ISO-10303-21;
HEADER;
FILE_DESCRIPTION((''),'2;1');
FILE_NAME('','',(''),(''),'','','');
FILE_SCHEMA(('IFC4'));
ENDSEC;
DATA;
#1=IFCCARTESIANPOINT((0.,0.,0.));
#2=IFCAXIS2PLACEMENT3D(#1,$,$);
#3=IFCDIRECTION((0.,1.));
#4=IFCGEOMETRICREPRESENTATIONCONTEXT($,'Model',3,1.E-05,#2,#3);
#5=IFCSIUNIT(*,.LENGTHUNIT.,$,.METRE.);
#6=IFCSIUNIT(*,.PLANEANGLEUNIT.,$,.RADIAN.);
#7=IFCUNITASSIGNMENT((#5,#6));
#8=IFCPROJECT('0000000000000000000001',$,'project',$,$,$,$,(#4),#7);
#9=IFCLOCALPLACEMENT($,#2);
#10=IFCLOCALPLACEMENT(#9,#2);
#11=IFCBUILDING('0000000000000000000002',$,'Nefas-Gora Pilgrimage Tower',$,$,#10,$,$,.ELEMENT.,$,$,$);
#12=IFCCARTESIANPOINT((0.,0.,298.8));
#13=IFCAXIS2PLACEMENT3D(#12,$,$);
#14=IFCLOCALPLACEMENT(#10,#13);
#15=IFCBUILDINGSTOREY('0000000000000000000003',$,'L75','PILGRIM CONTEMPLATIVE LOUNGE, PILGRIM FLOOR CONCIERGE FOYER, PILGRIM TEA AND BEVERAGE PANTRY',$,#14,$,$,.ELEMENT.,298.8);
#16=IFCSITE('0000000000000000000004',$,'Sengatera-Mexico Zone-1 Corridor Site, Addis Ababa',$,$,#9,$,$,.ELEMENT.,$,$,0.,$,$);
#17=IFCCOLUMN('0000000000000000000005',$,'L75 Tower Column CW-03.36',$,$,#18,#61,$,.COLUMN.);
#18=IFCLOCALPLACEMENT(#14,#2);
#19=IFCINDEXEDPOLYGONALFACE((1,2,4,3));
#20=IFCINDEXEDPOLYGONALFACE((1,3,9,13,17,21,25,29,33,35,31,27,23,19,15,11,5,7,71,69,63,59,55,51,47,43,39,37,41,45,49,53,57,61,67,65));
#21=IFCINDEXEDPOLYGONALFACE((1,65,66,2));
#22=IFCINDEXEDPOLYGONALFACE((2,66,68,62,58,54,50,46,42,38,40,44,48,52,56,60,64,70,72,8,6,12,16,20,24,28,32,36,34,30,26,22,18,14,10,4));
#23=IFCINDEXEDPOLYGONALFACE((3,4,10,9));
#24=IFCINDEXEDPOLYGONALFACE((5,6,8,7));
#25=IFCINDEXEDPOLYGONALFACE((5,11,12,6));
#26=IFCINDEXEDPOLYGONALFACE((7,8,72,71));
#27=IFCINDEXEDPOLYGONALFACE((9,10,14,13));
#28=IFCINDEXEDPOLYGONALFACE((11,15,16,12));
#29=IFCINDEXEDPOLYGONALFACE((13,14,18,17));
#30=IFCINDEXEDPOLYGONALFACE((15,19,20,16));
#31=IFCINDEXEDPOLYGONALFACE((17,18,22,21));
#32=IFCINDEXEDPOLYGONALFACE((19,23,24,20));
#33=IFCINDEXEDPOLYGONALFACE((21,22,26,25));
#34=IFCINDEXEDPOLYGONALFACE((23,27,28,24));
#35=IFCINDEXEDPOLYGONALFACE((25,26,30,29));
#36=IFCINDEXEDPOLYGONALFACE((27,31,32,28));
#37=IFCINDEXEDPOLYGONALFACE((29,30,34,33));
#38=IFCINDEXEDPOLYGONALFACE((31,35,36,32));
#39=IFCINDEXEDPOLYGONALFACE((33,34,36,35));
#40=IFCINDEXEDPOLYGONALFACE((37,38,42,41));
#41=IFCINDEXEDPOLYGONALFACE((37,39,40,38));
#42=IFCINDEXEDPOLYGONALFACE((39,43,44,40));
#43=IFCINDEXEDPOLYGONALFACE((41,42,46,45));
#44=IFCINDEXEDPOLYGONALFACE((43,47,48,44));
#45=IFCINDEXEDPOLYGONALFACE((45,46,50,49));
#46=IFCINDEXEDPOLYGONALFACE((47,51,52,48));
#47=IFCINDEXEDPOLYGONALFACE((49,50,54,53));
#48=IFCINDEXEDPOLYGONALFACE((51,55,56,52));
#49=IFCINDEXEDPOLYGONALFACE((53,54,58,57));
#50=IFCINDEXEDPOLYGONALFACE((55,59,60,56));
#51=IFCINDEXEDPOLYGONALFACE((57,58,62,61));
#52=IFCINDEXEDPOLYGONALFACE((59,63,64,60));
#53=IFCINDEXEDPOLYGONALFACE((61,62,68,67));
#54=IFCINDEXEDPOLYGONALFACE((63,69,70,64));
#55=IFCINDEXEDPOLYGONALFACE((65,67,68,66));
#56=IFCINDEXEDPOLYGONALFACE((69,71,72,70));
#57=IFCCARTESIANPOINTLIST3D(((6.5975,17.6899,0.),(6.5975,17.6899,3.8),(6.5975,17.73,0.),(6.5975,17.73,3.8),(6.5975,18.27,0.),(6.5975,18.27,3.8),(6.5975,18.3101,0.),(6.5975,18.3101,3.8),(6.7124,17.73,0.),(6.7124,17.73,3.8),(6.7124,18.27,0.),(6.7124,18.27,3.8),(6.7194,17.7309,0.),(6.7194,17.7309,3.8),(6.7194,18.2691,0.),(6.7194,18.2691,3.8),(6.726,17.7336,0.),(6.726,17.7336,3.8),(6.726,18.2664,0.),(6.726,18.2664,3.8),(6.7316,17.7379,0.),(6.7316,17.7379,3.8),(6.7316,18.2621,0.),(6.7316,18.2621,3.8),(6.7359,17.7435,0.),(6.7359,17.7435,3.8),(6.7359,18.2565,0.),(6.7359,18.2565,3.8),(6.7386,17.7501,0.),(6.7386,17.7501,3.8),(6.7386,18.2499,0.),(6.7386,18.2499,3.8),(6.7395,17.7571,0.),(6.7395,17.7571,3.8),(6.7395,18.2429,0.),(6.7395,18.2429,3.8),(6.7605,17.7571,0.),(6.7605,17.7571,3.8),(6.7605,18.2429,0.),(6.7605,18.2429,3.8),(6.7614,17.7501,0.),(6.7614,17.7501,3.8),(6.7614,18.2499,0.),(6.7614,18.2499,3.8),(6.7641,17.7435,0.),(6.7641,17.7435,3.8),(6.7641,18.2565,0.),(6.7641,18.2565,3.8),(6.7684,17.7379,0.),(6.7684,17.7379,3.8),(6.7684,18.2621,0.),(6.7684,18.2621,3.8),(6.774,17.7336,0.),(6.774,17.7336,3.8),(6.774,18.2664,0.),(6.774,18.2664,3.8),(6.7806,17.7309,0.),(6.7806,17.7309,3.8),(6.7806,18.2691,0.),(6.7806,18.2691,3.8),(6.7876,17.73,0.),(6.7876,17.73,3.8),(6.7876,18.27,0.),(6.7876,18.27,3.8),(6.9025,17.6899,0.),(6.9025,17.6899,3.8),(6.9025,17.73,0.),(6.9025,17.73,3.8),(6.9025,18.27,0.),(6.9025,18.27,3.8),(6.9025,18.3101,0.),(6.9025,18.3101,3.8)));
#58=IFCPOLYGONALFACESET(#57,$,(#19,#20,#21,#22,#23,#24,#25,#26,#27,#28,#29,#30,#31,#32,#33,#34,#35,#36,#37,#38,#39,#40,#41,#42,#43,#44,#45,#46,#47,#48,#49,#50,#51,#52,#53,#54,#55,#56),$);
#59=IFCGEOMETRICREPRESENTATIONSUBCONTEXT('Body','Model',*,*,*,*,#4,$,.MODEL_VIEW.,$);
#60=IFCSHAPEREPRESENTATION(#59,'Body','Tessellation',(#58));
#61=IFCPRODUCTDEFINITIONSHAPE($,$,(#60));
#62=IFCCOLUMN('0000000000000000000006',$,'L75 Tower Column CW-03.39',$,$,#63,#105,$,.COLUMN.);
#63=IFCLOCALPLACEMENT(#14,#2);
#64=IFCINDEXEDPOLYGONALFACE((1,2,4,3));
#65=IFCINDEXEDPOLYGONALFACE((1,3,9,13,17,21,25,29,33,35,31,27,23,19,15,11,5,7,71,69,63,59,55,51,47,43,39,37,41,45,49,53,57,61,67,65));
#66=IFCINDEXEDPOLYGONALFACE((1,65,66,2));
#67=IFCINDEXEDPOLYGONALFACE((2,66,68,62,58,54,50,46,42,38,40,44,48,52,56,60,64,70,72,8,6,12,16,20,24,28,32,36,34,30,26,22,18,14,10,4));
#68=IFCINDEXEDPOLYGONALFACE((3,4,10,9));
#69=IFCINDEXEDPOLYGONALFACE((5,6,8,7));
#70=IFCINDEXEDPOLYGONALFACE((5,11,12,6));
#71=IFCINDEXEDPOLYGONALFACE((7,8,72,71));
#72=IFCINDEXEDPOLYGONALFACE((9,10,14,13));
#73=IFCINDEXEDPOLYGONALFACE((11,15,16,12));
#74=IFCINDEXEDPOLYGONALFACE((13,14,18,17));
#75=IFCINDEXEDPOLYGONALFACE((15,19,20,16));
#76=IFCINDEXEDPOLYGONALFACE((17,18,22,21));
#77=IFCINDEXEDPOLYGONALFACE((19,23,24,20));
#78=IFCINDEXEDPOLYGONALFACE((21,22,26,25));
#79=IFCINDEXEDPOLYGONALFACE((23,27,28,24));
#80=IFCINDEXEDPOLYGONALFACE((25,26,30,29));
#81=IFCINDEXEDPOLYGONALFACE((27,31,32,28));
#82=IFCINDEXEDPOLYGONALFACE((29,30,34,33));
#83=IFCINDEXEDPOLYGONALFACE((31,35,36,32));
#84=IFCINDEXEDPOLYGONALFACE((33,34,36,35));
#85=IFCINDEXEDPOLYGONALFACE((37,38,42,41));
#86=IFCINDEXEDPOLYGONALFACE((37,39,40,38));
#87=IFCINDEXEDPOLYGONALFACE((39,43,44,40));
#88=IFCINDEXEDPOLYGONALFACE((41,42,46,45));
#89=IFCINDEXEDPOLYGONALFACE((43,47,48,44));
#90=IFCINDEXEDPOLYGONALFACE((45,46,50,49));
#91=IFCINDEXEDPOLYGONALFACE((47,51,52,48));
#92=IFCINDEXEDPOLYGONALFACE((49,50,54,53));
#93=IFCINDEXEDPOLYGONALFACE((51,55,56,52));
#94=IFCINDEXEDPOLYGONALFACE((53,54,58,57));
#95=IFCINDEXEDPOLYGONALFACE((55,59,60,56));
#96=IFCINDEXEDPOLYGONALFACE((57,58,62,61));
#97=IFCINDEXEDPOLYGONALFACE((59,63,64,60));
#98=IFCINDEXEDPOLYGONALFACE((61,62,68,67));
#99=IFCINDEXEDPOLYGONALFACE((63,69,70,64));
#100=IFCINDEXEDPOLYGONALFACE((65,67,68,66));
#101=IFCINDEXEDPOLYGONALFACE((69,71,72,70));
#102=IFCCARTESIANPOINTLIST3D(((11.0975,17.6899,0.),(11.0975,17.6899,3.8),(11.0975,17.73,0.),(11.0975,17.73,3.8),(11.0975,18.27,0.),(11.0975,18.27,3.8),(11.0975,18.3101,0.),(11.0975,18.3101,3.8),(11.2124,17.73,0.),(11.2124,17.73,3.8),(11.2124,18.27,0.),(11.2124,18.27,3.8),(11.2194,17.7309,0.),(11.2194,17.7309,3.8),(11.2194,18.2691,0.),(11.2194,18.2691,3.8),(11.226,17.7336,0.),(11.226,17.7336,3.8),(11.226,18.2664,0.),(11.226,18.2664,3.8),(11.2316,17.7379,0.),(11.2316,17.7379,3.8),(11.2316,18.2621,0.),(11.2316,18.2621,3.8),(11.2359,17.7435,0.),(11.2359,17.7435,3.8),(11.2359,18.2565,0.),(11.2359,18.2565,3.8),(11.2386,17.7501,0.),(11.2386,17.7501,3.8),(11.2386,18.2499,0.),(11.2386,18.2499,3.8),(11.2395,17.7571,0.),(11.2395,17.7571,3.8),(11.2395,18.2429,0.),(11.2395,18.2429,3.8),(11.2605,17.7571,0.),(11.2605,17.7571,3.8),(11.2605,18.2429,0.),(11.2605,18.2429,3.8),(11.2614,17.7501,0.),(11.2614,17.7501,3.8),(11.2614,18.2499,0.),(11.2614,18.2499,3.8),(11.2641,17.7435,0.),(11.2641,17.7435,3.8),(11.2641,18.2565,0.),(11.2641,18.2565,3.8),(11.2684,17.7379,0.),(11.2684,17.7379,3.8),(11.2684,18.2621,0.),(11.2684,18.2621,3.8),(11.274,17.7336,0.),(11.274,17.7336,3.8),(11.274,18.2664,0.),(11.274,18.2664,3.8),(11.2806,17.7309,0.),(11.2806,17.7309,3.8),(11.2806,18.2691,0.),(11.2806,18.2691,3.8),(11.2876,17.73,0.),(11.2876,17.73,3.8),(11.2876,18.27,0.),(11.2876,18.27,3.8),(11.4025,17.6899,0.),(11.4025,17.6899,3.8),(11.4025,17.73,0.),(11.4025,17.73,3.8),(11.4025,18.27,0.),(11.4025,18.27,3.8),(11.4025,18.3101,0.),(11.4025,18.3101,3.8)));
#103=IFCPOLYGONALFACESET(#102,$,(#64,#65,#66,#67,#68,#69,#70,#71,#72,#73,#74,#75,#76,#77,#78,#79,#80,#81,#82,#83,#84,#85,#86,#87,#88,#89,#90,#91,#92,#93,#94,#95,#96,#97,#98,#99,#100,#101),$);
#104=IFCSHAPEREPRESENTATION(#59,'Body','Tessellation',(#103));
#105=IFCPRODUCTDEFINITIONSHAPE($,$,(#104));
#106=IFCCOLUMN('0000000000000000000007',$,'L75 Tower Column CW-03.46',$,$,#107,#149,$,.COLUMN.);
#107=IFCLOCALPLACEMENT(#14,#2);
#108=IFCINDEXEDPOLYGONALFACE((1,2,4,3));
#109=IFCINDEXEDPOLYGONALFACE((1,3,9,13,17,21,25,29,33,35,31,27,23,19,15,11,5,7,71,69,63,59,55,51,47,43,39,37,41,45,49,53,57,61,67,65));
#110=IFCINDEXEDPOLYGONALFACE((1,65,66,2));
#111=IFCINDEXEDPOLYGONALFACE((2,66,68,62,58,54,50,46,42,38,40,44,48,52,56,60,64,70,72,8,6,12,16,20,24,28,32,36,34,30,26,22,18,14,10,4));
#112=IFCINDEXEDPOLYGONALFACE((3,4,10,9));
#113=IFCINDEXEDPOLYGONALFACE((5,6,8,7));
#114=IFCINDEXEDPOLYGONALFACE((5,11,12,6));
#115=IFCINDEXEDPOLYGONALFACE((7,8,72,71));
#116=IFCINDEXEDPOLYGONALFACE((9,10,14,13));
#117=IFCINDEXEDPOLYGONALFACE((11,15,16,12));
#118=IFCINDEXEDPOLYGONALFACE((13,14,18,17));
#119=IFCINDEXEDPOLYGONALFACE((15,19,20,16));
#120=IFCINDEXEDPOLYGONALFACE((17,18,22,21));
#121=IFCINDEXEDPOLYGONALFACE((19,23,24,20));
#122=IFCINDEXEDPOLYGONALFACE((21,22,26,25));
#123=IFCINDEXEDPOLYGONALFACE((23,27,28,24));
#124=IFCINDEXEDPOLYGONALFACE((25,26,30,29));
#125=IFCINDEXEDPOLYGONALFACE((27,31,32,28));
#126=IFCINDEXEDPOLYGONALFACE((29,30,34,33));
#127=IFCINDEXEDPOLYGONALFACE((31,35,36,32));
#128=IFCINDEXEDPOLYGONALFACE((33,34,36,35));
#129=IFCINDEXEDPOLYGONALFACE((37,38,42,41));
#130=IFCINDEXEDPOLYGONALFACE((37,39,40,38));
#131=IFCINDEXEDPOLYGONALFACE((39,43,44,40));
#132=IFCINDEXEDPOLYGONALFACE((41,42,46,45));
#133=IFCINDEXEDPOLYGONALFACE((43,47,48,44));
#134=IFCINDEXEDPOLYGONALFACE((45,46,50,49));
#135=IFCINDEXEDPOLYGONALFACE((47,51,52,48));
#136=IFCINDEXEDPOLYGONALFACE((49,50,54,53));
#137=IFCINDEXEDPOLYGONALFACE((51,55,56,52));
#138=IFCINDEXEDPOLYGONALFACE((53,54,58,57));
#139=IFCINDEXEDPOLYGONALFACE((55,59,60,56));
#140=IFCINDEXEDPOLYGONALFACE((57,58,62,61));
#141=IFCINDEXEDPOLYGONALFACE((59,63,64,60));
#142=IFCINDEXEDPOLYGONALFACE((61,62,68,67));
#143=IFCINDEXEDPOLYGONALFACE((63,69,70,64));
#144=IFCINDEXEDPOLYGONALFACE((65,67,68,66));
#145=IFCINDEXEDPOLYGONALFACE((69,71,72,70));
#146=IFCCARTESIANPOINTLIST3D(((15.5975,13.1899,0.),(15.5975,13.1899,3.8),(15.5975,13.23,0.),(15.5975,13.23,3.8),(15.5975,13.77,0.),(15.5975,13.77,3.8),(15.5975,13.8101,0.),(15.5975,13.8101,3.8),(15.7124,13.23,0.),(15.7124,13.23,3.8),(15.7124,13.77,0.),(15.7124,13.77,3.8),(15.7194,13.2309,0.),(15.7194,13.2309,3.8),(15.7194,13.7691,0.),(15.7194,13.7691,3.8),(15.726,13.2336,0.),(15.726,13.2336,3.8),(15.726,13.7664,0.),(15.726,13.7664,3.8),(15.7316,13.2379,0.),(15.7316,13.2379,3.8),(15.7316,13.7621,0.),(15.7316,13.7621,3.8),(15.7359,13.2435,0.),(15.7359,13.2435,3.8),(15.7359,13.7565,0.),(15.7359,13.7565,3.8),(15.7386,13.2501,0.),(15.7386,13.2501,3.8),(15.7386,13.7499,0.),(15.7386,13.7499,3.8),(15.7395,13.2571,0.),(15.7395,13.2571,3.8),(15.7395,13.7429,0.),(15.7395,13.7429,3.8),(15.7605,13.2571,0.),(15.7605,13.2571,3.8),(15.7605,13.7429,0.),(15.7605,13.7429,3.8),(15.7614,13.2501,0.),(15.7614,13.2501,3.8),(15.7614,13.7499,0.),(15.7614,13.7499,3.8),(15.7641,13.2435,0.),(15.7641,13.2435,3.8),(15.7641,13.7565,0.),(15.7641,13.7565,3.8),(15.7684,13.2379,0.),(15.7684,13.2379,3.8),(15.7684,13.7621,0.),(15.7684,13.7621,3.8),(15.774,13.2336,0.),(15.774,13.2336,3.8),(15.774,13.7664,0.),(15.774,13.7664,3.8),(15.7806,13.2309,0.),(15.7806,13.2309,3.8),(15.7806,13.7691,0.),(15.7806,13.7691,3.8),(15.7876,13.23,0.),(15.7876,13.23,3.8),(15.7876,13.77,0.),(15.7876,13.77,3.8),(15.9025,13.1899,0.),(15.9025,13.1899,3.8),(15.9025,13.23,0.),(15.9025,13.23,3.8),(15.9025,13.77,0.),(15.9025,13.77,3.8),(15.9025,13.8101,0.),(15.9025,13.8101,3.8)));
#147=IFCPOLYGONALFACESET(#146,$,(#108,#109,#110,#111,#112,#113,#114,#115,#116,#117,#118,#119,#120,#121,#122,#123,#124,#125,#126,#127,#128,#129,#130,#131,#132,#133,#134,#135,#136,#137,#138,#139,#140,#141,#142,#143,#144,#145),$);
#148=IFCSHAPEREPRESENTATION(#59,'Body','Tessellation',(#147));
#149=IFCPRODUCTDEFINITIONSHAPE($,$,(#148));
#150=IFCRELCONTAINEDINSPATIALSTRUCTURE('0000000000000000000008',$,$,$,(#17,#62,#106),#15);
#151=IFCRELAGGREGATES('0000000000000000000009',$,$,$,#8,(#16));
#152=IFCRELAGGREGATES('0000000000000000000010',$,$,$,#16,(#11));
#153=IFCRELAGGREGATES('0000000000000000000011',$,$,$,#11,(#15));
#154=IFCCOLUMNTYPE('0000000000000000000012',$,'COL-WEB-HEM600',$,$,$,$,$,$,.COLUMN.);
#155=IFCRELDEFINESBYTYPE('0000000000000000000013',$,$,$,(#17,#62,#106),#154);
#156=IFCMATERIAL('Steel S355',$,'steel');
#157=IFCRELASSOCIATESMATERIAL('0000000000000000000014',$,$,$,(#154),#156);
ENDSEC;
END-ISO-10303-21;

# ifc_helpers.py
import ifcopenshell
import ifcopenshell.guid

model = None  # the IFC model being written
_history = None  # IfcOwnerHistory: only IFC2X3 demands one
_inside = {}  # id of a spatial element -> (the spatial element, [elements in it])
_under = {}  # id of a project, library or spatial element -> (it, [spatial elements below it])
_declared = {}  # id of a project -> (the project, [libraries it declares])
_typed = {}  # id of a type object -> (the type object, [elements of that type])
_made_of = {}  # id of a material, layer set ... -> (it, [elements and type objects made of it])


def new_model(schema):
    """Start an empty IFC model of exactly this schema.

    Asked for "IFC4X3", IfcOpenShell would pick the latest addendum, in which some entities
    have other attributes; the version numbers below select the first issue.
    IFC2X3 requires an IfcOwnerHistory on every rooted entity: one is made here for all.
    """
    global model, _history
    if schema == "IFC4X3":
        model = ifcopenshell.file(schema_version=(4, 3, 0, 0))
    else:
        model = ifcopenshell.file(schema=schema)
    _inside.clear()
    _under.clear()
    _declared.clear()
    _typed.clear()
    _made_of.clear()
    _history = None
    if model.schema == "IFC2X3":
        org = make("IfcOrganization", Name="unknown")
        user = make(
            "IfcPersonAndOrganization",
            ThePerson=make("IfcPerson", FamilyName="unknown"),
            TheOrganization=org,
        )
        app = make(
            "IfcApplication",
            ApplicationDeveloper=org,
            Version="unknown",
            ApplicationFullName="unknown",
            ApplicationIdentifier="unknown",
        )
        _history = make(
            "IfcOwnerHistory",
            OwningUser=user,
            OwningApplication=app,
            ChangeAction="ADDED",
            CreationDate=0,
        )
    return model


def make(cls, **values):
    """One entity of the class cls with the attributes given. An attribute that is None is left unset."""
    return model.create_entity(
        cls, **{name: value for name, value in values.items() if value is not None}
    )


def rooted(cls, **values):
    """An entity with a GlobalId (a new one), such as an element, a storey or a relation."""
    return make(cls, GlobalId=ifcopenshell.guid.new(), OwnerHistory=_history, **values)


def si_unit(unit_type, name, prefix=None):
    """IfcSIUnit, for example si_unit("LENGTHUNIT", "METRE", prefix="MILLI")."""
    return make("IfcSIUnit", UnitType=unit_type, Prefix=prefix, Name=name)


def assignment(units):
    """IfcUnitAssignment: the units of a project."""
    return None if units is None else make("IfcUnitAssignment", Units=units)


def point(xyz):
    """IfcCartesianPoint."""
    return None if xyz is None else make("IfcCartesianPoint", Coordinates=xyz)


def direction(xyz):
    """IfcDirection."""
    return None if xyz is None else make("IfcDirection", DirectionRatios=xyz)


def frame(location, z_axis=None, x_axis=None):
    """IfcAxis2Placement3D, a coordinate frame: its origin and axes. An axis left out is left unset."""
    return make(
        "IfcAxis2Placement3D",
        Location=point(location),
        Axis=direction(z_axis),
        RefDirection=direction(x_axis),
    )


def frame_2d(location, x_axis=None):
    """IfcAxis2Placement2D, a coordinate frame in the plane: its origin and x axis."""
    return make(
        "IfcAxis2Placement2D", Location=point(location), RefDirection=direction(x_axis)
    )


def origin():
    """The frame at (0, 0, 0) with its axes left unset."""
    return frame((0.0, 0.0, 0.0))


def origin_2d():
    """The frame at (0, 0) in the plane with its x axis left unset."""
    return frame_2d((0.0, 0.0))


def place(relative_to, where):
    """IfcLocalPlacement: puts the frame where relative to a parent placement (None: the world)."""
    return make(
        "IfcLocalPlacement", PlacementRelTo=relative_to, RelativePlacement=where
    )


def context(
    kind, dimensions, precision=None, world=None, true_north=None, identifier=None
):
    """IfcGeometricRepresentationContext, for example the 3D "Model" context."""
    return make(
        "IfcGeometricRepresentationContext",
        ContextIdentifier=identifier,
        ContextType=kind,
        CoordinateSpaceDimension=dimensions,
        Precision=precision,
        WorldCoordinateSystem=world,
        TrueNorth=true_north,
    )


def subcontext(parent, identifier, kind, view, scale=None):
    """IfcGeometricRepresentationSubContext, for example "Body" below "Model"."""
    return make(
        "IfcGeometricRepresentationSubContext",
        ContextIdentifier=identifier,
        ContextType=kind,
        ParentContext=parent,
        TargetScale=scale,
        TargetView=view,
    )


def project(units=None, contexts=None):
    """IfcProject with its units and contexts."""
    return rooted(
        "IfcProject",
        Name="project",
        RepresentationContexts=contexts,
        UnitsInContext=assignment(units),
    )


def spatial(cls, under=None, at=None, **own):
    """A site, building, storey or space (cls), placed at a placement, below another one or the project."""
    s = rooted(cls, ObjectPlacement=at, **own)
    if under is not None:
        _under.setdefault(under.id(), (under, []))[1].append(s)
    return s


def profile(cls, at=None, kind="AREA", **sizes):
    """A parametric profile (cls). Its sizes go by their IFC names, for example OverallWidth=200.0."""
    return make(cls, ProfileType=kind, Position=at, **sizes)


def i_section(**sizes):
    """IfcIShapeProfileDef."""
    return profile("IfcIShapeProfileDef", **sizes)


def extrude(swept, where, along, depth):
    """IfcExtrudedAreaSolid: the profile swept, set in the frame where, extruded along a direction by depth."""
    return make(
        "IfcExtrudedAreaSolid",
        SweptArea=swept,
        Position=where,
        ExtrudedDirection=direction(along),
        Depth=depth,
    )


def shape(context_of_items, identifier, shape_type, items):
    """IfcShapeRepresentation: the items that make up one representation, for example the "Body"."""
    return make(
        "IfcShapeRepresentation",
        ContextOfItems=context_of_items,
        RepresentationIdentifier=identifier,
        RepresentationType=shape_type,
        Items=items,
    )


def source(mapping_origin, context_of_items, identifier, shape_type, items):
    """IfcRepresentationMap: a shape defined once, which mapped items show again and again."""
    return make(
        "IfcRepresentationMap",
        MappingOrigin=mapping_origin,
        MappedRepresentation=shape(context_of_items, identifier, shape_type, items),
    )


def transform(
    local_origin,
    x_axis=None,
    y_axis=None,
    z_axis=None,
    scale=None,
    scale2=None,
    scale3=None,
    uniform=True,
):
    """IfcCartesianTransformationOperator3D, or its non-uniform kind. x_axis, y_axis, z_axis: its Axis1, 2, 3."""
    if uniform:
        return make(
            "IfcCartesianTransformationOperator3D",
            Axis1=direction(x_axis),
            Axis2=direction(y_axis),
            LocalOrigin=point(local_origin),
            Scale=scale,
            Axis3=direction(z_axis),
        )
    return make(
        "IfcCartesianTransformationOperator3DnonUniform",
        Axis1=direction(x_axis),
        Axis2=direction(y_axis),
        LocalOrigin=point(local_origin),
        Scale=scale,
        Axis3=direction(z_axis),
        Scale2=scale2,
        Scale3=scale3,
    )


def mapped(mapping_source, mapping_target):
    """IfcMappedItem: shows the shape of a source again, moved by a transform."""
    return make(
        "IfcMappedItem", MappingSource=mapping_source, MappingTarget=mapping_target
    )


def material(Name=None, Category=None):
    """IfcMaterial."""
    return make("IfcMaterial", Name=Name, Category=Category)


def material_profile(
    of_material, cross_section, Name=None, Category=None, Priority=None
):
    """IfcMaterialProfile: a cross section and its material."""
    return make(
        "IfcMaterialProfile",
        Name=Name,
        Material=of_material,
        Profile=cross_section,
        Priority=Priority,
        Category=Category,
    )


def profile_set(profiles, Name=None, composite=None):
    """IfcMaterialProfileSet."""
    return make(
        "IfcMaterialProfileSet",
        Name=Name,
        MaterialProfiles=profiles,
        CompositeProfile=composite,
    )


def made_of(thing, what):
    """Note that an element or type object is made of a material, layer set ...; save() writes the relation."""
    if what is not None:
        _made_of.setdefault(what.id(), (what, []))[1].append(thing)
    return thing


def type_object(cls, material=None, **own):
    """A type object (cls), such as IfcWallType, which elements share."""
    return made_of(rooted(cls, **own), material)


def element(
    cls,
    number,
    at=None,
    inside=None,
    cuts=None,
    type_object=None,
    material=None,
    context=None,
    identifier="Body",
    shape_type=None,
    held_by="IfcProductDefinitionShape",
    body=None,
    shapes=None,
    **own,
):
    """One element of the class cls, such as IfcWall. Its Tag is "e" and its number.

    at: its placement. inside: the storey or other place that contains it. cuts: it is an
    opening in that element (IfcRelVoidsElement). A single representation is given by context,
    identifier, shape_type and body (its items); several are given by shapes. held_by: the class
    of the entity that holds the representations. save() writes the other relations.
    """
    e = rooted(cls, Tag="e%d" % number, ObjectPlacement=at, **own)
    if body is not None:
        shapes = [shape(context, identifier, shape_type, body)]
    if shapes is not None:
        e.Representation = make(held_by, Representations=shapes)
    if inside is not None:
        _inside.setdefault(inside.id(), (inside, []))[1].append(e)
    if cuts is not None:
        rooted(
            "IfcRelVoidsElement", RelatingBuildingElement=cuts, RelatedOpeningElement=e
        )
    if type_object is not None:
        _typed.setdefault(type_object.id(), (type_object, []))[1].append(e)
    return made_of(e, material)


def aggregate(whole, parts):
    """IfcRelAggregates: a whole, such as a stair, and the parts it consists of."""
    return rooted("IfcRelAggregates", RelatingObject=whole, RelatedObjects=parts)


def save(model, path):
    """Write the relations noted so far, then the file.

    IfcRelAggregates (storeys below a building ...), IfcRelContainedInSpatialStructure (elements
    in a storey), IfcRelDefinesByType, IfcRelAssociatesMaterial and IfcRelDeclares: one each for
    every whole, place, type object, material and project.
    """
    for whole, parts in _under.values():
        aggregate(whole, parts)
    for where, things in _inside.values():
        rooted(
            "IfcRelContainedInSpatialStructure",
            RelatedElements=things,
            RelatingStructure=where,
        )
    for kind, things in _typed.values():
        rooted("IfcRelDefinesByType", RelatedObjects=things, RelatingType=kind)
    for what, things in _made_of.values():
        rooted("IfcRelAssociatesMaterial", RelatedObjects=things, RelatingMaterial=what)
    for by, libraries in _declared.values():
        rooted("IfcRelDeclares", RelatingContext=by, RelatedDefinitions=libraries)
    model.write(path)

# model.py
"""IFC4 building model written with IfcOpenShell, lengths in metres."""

from ifc_helpers import new_model, si_unit, direction, frame, origin, origin_2d, place, context, subcontext, project, spatial, i_section, extrude, source, transform, mapped, material, material_profile, profile_set, type_object, element, save


model = new_model("IFC4")

# Units and contexts
model_context = context("Model", 3, precision=1e-05, world=origin(), true_north=direction((0.0, 1.0)))
body_context = subcontext(model_context, "Body", "Model", "MODEL_VIEW")
ifc_project = project(units=[si_unit("LENGTHUNIT", "METRE"), si_unit("PLANEANGLEUNIT", "RADIAN")], contexts=[model_context])

# Site, building, storey
site_placement = place(None, origin())
site = spatial("IfcSite", under=ifc_project, at=site_placement, Name="Sengatera-Mexico Zone-1 Corridor Site, Addis Ababa", CompositionType="ELEMENT", RefElevation=0.0)
building_placement = place(site_placement, origin())
building = spatial("IfcBuilding", under=site, at=building_placement, Name="Nefas-Gora Pilgrimage Tower", CompositionType="ELEMENT")
storey_placement = place(building_placement, frame((0.0, 0.0, 298.8)))
storey = spatial("IfcBuildingStorey", under=building, at=storey_placement, Name="L75", Description="PILGRIM CONTEMPLATIVE LOUNGE, PILGRIM FLOOR CONCIERGE FOYER, PILGRIM TEA AND BEVERAGE PANTRY", CompositionType="ELEMENT", Elevation=298.8)

# Columns
ifc_material_1 = material(Name="Steel S355", Category="steel")
ifc_material_profile_1 = material_profile(ifc_material_1, i_section(OverallWidth=0.3049, OverallDepth=0.6201, WebThickness=0.021, FlangeThickness=0.04, FilletRadius=0.0271, at=origin_2d()), Name="HEM 600")
ifc_profile_set_1 = profile_set([ifc_material_profile_1], Name="Steel S355")
column_type_1 = type_object("IfcColumnType", Name="COL-WEB-HEM600", PredefinedType="COLUMN", material=ifc_profile_set_1)
shared_shape_1 = source(origin(), body_context, "Body", "SweptSolid", [
    extrude(i_section(OverallWidth=0.3049, OverallDepth=0.6201, WebThickness=0.021, FlangeThickness=0.04, FilletRadius=0.0271, at=origin_2d()), origin(), (0.0, 0.0, 1.0), 3.8),
])
for number, where, z_axis, x_axis, name in (
    (1, (6.75, 18.0, 0.0), (0.0, 0.0, 1.0), (1.0, 0.0, 0.0), "L75 Tower Column CW-03.36"),
    (2, (11.25, 18.0, 0.0), (0.0, 0.0, 1.0), (1.0, 0.0, 0.0), "L75 Tower Column CW-03.39"),
    (3, (15.75, 13.5, 0.0), (0.0, 0.0, 1.0), (1.0, 0.0, 0.0), "L75 Tower Column CW-03.46"),
):
    element("IfcColumn", number, at=place(storey_placement, frame(where, z_axis=z_axis, x_axis=x_axis)), inside=storey, type_object=column_type_1, Name=name, PredefinedType="COLUMN", context=body_context, shape_type="MappedRepresentation", body=[
        mapped(shared_shape_1, transform((0.0, 0.0, 0.0), x_axis=(1.0, 0.0, 0.0), y_axis=(0.0, 1.0, 0.0), z_axis=(0.0, 0.0, 1.0), scale=1.0)),
    ])

save(model, "model.ifc")
